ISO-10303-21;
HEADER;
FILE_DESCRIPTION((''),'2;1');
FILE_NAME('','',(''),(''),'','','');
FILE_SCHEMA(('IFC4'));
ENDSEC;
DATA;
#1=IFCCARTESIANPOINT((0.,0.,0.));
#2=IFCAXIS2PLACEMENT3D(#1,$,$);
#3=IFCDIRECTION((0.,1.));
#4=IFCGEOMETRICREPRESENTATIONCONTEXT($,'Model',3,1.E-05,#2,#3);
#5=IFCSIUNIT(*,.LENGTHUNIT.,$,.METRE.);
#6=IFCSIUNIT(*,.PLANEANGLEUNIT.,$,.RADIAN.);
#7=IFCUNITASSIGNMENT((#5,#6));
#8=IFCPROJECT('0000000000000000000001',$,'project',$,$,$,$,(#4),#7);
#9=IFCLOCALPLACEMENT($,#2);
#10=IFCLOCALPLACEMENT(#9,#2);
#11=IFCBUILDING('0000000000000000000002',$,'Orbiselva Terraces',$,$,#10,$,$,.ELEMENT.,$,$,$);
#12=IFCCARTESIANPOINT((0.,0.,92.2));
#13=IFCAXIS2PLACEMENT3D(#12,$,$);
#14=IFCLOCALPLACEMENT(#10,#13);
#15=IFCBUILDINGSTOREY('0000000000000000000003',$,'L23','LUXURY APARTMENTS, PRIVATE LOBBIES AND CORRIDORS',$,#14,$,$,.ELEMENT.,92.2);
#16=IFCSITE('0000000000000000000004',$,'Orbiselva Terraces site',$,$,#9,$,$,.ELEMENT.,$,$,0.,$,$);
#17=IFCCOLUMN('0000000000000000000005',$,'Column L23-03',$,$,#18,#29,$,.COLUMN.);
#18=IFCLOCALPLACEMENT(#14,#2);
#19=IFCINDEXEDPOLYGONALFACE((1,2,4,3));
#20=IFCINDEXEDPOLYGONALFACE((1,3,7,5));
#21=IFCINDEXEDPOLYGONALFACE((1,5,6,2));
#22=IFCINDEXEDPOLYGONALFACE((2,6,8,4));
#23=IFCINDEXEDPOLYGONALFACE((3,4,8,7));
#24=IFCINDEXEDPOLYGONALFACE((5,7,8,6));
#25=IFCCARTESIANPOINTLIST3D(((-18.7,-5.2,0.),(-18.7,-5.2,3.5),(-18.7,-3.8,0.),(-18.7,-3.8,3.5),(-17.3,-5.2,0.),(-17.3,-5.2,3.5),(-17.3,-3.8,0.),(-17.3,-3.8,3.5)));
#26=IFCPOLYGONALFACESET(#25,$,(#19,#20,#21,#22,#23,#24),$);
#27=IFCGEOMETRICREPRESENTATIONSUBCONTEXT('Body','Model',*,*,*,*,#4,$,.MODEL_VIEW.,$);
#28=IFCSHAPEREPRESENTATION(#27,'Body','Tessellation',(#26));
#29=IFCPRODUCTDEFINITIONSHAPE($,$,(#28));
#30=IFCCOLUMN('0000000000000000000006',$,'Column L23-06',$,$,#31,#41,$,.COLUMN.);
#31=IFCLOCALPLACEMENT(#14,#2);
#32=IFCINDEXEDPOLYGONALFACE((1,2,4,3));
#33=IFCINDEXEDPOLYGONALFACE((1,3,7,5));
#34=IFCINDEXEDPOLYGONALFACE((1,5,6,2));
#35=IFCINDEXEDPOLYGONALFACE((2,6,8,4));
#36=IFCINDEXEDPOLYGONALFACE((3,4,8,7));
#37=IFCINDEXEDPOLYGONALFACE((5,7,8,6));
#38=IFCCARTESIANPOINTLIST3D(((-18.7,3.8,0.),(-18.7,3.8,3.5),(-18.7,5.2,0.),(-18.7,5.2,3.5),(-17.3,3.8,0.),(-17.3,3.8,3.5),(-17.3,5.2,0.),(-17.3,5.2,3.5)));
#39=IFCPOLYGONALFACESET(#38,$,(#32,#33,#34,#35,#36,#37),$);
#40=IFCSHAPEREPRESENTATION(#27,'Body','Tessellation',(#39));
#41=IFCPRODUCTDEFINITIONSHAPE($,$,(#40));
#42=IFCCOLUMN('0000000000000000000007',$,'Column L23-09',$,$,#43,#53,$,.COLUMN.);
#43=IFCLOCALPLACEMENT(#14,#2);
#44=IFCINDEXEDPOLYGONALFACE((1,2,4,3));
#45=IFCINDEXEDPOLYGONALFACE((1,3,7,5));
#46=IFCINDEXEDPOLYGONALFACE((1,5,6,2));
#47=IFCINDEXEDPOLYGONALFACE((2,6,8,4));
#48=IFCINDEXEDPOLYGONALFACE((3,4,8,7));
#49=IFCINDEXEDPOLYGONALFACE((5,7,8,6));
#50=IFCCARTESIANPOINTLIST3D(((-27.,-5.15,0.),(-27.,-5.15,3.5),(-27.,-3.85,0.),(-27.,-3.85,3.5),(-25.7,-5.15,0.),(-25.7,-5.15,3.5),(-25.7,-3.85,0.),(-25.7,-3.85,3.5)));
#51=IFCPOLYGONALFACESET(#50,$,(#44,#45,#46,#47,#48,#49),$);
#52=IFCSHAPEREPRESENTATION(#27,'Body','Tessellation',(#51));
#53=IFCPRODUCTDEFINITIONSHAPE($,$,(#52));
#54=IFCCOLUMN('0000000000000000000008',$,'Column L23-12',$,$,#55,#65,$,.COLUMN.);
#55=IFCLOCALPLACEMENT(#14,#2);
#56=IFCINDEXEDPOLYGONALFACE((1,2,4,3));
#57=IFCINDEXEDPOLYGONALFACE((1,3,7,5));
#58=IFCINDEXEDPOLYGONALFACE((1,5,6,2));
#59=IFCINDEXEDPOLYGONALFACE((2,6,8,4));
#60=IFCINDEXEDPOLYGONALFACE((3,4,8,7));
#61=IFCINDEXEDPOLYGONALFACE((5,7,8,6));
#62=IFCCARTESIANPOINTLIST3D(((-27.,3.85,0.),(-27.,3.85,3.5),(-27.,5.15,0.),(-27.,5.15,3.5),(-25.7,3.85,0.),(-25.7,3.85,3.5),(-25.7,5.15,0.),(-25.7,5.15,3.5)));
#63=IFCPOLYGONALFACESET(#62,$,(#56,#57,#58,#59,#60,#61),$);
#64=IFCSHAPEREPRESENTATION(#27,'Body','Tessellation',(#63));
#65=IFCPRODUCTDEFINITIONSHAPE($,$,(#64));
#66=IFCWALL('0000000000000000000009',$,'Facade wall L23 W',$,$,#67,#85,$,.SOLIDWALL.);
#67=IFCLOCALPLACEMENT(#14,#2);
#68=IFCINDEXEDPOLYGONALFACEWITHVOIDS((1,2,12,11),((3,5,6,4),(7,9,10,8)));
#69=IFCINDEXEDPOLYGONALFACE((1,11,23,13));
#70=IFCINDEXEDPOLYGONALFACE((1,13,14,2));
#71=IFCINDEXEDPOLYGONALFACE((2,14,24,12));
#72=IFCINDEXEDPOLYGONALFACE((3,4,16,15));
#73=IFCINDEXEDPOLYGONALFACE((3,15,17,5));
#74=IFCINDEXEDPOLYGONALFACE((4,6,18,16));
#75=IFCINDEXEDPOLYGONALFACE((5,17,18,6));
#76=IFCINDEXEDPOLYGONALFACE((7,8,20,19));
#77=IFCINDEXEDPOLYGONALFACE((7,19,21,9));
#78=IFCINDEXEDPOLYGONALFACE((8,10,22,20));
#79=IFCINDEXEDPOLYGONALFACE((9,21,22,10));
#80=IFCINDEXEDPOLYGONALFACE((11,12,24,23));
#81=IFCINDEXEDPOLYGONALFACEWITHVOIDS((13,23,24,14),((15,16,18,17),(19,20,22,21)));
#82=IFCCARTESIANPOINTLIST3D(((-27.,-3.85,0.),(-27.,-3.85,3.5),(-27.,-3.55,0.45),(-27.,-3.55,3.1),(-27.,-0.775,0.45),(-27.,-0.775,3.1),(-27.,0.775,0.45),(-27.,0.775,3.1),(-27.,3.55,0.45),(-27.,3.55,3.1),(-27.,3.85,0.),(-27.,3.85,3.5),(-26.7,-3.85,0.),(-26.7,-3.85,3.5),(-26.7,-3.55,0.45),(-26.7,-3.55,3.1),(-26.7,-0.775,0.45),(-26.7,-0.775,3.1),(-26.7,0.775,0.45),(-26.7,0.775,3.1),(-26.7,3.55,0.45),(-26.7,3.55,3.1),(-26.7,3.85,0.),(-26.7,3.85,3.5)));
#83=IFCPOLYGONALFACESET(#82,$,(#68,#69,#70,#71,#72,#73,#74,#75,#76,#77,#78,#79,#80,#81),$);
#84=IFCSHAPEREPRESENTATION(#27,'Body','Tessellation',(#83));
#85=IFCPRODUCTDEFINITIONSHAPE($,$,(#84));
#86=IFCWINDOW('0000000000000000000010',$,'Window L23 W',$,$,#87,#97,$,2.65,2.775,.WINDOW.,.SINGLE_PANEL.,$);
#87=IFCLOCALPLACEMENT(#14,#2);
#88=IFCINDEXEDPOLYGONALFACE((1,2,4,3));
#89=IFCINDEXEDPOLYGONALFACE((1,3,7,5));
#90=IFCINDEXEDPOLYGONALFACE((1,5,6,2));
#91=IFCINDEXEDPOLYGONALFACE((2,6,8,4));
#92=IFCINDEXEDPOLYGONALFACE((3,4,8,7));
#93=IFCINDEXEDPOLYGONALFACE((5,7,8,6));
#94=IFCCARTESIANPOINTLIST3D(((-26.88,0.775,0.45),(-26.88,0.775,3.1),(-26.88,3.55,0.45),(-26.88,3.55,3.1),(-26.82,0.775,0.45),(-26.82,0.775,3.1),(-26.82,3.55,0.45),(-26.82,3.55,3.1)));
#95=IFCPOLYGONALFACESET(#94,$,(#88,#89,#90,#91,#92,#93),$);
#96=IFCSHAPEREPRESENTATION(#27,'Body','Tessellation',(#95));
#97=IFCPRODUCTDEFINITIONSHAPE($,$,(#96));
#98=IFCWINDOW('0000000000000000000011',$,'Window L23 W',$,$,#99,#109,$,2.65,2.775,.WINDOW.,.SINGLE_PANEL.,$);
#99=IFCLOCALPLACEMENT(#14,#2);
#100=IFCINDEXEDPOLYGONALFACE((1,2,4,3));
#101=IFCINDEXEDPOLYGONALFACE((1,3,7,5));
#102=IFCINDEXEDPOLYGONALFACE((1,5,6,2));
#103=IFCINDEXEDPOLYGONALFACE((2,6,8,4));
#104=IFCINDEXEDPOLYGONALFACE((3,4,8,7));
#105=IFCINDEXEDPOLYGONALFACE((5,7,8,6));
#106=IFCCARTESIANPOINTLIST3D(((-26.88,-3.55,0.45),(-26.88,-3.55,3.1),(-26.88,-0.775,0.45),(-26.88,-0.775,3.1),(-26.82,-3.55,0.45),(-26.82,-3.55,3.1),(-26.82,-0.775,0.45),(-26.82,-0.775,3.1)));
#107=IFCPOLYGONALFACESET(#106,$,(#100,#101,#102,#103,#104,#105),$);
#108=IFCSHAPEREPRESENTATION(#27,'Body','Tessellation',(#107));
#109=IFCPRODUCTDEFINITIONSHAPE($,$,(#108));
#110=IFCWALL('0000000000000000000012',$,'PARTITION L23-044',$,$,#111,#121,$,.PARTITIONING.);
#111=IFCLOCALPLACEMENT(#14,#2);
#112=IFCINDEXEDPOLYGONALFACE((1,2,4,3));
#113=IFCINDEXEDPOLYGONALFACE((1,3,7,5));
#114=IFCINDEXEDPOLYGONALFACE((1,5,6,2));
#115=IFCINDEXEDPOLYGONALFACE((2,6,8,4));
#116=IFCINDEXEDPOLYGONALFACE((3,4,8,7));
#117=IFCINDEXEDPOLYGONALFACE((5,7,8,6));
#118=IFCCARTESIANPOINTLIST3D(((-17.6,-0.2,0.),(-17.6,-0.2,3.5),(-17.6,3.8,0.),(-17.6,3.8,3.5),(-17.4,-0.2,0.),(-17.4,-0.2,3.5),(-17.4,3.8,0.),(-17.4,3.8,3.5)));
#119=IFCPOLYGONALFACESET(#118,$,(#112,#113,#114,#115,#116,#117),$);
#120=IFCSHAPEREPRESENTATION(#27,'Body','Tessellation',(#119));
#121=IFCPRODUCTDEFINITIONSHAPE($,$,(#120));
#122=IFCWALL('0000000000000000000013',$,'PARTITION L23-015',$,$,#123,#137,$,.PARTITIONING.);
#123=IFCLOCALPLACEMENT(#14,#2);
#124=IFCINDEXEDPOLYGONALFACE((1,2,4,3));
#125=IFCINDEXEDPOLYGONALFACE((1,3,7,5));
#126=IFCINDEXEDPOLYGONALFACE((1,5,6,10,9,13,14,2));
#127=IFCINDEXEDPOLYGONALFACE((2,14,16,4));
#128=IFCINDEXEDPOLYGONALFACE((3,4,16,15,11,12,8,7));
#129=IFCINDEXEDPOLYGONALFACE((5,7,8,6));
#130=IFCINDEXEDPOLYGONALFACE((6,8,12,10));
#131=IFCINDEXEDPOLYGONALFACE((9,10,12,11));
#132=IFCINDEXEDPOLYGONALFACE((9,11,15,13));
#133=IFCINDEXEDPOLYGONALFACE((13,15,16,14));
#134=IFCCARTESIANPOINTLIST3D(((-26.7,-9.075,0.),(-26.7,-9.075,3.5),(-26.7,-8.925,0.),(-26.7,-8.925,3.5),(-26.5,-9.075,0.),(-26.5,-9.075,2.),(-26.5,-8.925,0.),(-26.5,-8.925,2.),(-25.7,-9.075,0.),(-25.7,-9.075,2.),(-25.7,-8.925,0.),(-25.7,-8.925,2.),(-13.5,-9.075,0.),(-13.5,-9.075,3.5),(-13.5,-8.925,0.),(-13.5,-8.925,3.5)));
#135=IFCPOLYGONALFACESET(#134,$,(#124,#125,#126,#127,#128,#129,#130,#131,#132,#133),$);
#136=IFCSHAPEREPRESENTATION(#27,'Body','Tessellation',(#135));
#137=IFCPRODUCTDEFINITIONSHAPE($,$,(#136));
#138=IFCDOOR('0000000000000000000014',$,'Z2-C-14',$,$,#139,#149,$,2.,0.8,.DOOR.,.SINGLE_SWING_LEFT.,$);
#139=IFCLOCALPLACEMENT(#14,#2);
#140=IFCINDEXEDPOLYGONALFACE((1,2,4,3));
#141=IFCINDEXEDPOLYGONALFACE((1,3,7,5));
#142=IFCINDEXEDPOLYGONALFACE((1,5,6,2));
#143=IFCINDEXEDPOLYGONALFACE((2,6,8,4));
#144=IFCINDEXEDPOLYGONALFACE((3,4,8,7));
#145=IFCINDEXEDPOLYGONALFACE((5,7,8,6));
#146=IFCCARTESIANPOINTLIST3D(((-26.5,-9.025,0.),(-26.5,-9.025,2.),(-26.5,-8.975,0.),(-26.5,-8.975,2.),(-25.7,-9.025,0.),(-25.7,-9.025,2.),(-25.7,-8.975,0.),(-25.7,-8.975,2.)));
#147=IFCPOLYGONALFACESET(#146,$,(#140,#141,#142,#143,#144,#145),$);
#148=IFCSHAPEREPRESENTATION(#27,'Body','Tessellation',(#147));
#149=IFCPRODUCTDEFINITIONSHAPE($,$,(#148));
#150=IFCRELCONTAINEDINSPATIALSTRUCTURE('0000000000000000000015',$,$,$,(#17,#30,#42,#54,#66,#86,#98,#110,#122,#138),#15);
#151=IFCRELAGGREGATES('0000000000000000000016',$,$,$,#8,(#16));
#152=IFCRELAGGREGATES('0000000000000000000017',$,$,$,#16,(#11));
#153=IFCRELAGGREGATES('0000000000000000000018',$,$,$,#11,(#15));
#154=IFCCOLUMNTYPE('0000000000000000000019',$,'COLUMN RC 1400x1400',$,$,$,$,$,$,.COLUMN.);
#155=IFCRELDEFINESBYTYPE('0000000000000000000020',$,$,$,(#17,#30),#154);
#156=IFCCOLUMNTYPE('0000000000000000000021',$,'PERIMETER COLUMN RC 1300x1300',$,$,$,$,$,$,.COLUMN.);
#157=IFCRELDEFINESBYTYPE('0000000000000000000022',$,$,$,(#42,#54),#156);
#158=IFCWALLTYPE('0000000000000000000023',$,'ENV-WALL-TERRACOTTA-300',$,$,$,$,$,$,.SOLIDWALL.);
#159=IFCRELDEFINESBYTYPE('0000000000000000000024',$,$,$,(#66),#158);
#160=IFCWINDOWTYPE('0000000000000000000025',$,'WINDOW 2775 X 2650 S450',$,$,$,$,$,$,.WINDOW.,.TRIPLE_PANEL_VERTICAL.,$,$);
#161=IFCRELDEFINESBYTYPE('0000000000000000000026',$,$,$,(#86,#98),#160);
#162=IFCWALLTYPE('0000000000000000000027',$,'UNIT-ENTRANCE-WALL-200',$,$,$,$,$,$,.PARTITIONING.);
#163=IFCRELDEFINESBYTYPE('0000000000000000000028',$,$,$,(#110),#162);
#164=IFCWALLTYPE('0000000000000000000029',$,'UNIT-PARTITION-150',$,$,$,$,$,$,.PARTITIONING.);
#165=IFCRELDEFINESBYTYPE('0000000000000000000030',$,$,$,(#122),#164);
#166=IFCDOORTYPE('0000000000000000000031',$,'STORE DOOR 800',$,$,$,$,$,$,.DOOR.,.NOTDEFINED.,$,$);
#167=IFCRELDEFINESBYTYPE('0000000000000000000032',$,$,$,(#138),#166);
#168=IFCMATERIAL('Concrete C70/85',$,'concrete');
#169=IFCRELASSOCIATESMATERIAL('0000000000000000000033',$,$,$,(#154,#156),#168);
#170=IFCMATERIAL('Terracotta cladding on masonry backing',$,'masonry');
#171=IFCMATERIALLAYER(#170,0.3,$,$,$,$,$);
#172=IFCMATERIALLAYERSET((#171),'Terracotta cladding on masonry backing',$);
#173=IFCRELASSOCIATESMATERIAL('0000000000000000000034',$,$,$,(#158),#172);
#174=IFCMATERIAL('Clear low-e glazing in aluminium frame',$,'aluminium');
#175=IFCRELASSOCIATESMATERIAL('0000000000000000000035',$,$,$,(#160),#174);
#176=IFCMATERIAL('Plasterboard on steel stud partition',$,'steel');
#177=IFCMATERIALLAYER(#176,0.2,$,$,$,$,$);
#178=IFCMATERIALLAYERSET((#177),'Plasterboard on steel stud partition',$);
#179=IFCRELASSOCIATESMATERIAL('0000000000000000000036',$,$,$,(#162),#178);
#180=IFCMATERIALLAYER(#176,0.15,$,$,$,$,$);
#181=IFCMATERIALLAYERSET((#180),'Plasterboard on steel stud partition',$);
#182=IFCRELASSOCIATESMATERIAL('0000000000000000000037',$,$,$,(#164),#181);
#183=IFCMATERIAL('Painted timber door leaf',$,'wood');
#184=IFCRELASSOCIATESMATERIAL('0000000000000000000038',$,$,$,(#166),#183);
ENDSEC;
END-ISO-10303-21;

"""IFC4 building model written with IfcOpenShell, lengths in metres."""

from ifc_helpers import new_model, si_unit, direction, frame, frame_2d, origin, origin_2d, place, context, subcontext, project, spatial, rectangle, extrude, material, layer, layer_set, material_profile, profile_set, type_object, element, fill, save


model = new_model("IFC4")

# Units and contexts
model_context = context("Model", 3, precision=1e-05, world=origin(), true_north=direction((0.0, 1.0)))
body_context = subcontext(model_context, "Body", "Model", "MODEL_VIEW")
ifc_project = project(units=[si_unit("LENGTHUNIT", "METRE"), si_unit("PLANEANGLEUNIT", "RADIAN")], contexts=[model_context])

# Site, building, storey
site_placement = place(None, origin())
site = spatial("IfcSite", under=ifc_project, at=site_placement, Name="Orbiselva Terraces site", CompositionType="ELEMENT", RefElevation=0.0)
building_placement = place(site_placement, origin())
building = spatial("IfcBuilding", under=site, at=building_placement, Name="Orbiselva Terraces", CompositionType="ELEMENT")
storey_placement = place(building_placement, frame((0.0, 0.0, 92.2)))
storey = spatial("IfcBuildingStorey", under=building, at=storey_placement, Name="L23", Description="LUXURY APARTMENTS, PRIVATE LOBBIES AND CORRIDORS", CompositionType="ELEMENT", Elevation=92.2)

# Columns
ifc_material_1 = material(Name="Concrete C70/85", Category="concrete")
ifc_material_profile_1 = material_profile(ifc_material_1, rectangle(XDim=1.4, YDim=1.4, at=origin_2d()), Name="RC 1400x1400")
ifc_profile_set_1 = profile_set([ifc_material_profile_1], Name="Concrete C70/85")
column_type_1 = type_object("IfcColumnType", Name="COLUMN RC 1400x1400", PredefinedType="COLUMN", material=ifc_profile_set_1)
for number, where, z_axis, x_axis, name in (
    (1, (-18.0, -4.5, 0.0), (0.0, 0.0, 1.0), (1.0, 0.0, 0.0), "Column L23-03"),
    (2, (-18.0, 4.5, 0.0), (0.0, 0.0, 1.0), (1.0, 0.0, 0.0), "Column L23-06"),
):
    element("IfcColumn", number, at=place(storey_placement, frame(where, z_axis=z_axis, x_axis=x_axis)), inside=storey, type_object=column_type_1, Name=name, PredefinedType="COLUMN", context=body_context, shape_type="SweptSolid", body=[
        extrude(rectangle(XDim=1.4, YDim=1.4, at=origin_2d()), origin(), (0.0, 0.0, 1.0), 3.5),
    ])
ifc_material_profile_2 = material_profile(ifc_material_1, rectangle(XDim=1.3, YDim=1.3, at=origin_2d()), Name="RC 1300x1300")
ifc_profile_set_2 = profile_set([ifc_material_profile_2], Name="Concrete C70/85")
column_type_2 = type_object("IfcColumnType", Name="PERIMETER COLUMN RC 1300x1300", PredefinedType="COLUMN", material=ifc_profile_set_2)
for number, where, z_axis, x_axis, name in (
    (3, (-26.35, -4.5, 0.0), (0.0, 0.0, 1.0), (1.0, 0.0, 0.0), "Column L23-09"),
    (4, (-26.35, 4.5, 0.0), (0.0, 0.0, 1.0), (1.0, 0.0, 0.0), "Column L23-12"),
):
    element("IfcColumn", number, at=place(storey_placement, frame(where, z_axis=z_axis, x_axis=x_axis)), inside=storey, type_object=column_type_2, Name=name, PredefinedType="COLUMN", context=body_context, shape_type="SweptSolid", body=[
        extrude(rectangle(XDim=1.3, YDim=1.3, at=origin_2d()), origin(), (0.0, 0.0, 1.0), 3.5),
    ])

# Wall, openings, windows
ifc_material_2 = material(Name="Terracotta cladding on masonry backing", Category="masonry")
ifc_layer_1 = layer(ifc_material_2, 0.3)
ifc_layer_set_1 = layer_set([ifc_layer_1], Name="Terracotta cladding on masonry backing")
wall_type_1 = type_object("IfcWallType", Name="ENV-WALL-TERRACOTTA-300", PredefinedType="SOLIDWALL", material=ifc_layer_set_1)
wall_1_placement = place(storey_placement, frame((-26.85, -3.85, 0.0), z_axis=(0.0, 0.0, 1.0), x_axis=(0.0, 1.0, 0.0)))
wall_1 = element("IfcWall", 5, at=wall_1_placement, inside=storey, type_object=wall_type_1, Name="Facade wall L23 W", PredefinedType="SOLIDWALL", context=body_context, shape_type="SweptSolid", body=[
    extrude(rectangle(XDim=7.7, YDim=0.3, at=frame_2d((3.85, 0.0))), origin(), (0.0, 0.0, 1.0), 3.5),
])
opening_1_placement = place(wall_1_placement, frame((4.625, 0.0, 0.45)))
opening_1 = element("IfcOpeningElement", 6, at=opening_1_placement, cuts=wall_1, PredefinedType="OPENING", context=body_context, shape_type="SweptSolid", body=[
    extrude(rectangle(XDim=2.775, YDim=2.65, at=frame_2d((1.3875, 1.325))), frame((0.0, 0.16, 0.0), z_axis=(0.0, -1.0, 0.0), x_axis=(1.0, 0.0, 0.0)), (0.0, 0.0, 1.0), 0.32),
])
opening_2_placement = place(wall_1_placement, frame((0.3, 0.0, 0.45)))
opening_2 = element("IfcOpeningElement", 7, at=opening_2_placement, cuts=wall_1, PredefinedType="OPENING", context=body_context, shape_type="SweptSolid", body=[
    extrude(rectangle(XDim=2.775, YDim=2.65, at=frame_2d((1.3875, 1.325))), frame((0.0, 0.16, 0.0), z_axis=(0.0, -1.0, 0.0), x_axis=(1.0, 0.0, 0.0)), (0.0, 0.0, 1.0), 0.32),
])
ifc_material_3 = material(Name="Clear low-e glazing in aluminium frame", Category="aluminium")
window_type = type_object("IfcWindowType", Name="WINDOW 2775 X 2650 S450", PartitioningType="TRIPLE_PANEL_VERTICAL", PredefinedType="WINDOW", material=ifc_material_3)
window_1_placement = place(opening_1_placement, origin())
window_1 = element("IfcWindow", 8, at=window_1_placement, inside=storey, type_object=window_type, Name="Window L23 W", OverallHeight=2.65, OverallWidth=2.775, PartitioningType="SINGLE_PANEL", PredefinedType="WINDOW", context=body_context, shape_type="SweptSolid", body=[
    extrude(rectangle(XDim=2.775, YDim=2.65, at=frame_2d((1.3875, 1.325))), frame((0.0, 0.03, 0.0), z_axis=(0.0, -1.0, 0.0), x_axis=(1.0, 0.0, 0.0)), (0.0, 0.0, 1.0), 0.06),
])
fill(opening_1, window_1)
window_2_placement = place(opening_2_placement, origin())
window_2 = element("IfcWindow", 9, at=window_2_placement, inside=storey, type_object=window_type, Name="Window L23 W", OverallHeight=2.65, OverallWidth=2.775, PartitioningType="SINGLE_PANEL", PredefinedType="WINDOW", context=body_context, shape_type="SweptSolid", body=[
    extrude(rectangle(XDim=2.775, YDim=2.65, at=frame_2d((1.3875, 1.325))), frame((0.0, 0.03, 0.0), z_axis=(0.0, -1.0, 0.0), x_axis=(1.0, 0.0, 0.0)), (0.0, 0.0, 1.0), 0.06),
])
fill(opening_2, window_2)

# Wall
ifc_material_4 = material(Name="Plasterboard on steel stud partition", Category="steel")
ifc_layer_2 = layer(ifc_material_4, 0.2)
ifc_layer_set_2 = layer_set([ifc_layer_2], Name="Plasterboard on steel stud partition")
wall_type_2 = type_object("IfcWallType", Name="UNIT-ENTRANCE-WALL-200", PredefinedType="PARTITIONING", material=ifc_layer_set_2)
wall_2_placement = place(storey_placement, frame((-17.5, -0.2, 0.0), z_axis=(0.0, 0.0, 1.0), x_axis=(0.0, 1.0, 0.0)))
element("IfcWall", 10, at=wall_2_placement, inside=storey, type_object=wall_type_2, Name="PARTITION L23-044", PredefinedType="PARTITIONING", context=body_context, shape_type="SweptSolid", body=[
    extrude(rectangle(XDim=4.0, YDim=0.2, at=frame_2d((2.0, 0.0))), origin(), (0.0, 0.0, 1.0), 3.5),
])

# Wall, opening, door
ifc_layer_3 = layer(ifc_material_4, 0.15)
ifc_layer_set_3 = layer_set([ifc_layer_3], Name="Plasterboard on steel stud partition")
wall_type_3 = type_object("IfcWallType", Name="UNIT-PARTITION-150", PredefinedType="PARTITIONING", material=ifc_layer_set_3)
wall_3_placement = place(storey_placement, frame((-26.7, -9.0, 0.0), z_axis=(0.0, 0.0, 1.0), x_axis=(1.0, 0.0, 0.0)))
wall_3 = element("IfcWall", 11, at=wall_3_placement, inside=storey, type_object=wall_type_3, Name="PARTITION L23-015", PredefinedType="PARTITIONING", context=body_context, shape_type="SweptSolid", body=[
    extrude(rectangle(XDim=13.2, YDim=0.15, at=frame_2d((6.6, 0.0))), origin(), (0.0, 0.0, 1.0), 3.5),
])
opening_3_placement = place(wall_3_placement, frame((0.2, 0.0, 0.0)))
opening_3 = element("IfcOpeningElement", 12, at=opening_3_placement, cuts=wall_3, PredefinedType="OPENING", context=body_context, shape_type="SweptSolid", body=[
    extrude(rectangle(XDim=0.8, YDim=2.0, at=frame_2d((0.4, 1.0))), frame((0.0, 0.085, 0.0), z_axis=(0.0, -1.0, 0.0), x_axis=(1.0, 0.0, 0.0)), (0.0, 0.0, 1.0), 0.17),
])
ifc_material_5 = material(Name="Painted timber door leaf", Category="wood")
door_type_1 = type_object("IfcDoorType", Name="STORE DOOR 800", OperationType="NOTDEFINED", PredefinedType="DOOR", material=ifc_material_5)
door_1_placement = place(opening_3_placement, origin())
door_1 = element("IfcDoor", 13, at=door_1_placement, inside=storey, type_object=door_type_1, Name="Z2-C-14", OperationType="SINGLE_SWING_LEFT", OverallHeight=2.0, OverallWidth=0.8, PredefinedType="DOOR", context=body_context, shape_type="SweptSolid", body=[
    extrude(rectangle(XDim=0.8, YDim=2.0, at=frame_2d((0.4, 1.0))), frame((0.0, 0.025, 0.0), z_axis=(0.0, -1.0, 0.0), x_axis=(1.0, 0.0, 0.0)), (0.0, 0.0, 1.0), 0.05),
])
fill(opening_3, door_1)

save(model, "model.ifc")
